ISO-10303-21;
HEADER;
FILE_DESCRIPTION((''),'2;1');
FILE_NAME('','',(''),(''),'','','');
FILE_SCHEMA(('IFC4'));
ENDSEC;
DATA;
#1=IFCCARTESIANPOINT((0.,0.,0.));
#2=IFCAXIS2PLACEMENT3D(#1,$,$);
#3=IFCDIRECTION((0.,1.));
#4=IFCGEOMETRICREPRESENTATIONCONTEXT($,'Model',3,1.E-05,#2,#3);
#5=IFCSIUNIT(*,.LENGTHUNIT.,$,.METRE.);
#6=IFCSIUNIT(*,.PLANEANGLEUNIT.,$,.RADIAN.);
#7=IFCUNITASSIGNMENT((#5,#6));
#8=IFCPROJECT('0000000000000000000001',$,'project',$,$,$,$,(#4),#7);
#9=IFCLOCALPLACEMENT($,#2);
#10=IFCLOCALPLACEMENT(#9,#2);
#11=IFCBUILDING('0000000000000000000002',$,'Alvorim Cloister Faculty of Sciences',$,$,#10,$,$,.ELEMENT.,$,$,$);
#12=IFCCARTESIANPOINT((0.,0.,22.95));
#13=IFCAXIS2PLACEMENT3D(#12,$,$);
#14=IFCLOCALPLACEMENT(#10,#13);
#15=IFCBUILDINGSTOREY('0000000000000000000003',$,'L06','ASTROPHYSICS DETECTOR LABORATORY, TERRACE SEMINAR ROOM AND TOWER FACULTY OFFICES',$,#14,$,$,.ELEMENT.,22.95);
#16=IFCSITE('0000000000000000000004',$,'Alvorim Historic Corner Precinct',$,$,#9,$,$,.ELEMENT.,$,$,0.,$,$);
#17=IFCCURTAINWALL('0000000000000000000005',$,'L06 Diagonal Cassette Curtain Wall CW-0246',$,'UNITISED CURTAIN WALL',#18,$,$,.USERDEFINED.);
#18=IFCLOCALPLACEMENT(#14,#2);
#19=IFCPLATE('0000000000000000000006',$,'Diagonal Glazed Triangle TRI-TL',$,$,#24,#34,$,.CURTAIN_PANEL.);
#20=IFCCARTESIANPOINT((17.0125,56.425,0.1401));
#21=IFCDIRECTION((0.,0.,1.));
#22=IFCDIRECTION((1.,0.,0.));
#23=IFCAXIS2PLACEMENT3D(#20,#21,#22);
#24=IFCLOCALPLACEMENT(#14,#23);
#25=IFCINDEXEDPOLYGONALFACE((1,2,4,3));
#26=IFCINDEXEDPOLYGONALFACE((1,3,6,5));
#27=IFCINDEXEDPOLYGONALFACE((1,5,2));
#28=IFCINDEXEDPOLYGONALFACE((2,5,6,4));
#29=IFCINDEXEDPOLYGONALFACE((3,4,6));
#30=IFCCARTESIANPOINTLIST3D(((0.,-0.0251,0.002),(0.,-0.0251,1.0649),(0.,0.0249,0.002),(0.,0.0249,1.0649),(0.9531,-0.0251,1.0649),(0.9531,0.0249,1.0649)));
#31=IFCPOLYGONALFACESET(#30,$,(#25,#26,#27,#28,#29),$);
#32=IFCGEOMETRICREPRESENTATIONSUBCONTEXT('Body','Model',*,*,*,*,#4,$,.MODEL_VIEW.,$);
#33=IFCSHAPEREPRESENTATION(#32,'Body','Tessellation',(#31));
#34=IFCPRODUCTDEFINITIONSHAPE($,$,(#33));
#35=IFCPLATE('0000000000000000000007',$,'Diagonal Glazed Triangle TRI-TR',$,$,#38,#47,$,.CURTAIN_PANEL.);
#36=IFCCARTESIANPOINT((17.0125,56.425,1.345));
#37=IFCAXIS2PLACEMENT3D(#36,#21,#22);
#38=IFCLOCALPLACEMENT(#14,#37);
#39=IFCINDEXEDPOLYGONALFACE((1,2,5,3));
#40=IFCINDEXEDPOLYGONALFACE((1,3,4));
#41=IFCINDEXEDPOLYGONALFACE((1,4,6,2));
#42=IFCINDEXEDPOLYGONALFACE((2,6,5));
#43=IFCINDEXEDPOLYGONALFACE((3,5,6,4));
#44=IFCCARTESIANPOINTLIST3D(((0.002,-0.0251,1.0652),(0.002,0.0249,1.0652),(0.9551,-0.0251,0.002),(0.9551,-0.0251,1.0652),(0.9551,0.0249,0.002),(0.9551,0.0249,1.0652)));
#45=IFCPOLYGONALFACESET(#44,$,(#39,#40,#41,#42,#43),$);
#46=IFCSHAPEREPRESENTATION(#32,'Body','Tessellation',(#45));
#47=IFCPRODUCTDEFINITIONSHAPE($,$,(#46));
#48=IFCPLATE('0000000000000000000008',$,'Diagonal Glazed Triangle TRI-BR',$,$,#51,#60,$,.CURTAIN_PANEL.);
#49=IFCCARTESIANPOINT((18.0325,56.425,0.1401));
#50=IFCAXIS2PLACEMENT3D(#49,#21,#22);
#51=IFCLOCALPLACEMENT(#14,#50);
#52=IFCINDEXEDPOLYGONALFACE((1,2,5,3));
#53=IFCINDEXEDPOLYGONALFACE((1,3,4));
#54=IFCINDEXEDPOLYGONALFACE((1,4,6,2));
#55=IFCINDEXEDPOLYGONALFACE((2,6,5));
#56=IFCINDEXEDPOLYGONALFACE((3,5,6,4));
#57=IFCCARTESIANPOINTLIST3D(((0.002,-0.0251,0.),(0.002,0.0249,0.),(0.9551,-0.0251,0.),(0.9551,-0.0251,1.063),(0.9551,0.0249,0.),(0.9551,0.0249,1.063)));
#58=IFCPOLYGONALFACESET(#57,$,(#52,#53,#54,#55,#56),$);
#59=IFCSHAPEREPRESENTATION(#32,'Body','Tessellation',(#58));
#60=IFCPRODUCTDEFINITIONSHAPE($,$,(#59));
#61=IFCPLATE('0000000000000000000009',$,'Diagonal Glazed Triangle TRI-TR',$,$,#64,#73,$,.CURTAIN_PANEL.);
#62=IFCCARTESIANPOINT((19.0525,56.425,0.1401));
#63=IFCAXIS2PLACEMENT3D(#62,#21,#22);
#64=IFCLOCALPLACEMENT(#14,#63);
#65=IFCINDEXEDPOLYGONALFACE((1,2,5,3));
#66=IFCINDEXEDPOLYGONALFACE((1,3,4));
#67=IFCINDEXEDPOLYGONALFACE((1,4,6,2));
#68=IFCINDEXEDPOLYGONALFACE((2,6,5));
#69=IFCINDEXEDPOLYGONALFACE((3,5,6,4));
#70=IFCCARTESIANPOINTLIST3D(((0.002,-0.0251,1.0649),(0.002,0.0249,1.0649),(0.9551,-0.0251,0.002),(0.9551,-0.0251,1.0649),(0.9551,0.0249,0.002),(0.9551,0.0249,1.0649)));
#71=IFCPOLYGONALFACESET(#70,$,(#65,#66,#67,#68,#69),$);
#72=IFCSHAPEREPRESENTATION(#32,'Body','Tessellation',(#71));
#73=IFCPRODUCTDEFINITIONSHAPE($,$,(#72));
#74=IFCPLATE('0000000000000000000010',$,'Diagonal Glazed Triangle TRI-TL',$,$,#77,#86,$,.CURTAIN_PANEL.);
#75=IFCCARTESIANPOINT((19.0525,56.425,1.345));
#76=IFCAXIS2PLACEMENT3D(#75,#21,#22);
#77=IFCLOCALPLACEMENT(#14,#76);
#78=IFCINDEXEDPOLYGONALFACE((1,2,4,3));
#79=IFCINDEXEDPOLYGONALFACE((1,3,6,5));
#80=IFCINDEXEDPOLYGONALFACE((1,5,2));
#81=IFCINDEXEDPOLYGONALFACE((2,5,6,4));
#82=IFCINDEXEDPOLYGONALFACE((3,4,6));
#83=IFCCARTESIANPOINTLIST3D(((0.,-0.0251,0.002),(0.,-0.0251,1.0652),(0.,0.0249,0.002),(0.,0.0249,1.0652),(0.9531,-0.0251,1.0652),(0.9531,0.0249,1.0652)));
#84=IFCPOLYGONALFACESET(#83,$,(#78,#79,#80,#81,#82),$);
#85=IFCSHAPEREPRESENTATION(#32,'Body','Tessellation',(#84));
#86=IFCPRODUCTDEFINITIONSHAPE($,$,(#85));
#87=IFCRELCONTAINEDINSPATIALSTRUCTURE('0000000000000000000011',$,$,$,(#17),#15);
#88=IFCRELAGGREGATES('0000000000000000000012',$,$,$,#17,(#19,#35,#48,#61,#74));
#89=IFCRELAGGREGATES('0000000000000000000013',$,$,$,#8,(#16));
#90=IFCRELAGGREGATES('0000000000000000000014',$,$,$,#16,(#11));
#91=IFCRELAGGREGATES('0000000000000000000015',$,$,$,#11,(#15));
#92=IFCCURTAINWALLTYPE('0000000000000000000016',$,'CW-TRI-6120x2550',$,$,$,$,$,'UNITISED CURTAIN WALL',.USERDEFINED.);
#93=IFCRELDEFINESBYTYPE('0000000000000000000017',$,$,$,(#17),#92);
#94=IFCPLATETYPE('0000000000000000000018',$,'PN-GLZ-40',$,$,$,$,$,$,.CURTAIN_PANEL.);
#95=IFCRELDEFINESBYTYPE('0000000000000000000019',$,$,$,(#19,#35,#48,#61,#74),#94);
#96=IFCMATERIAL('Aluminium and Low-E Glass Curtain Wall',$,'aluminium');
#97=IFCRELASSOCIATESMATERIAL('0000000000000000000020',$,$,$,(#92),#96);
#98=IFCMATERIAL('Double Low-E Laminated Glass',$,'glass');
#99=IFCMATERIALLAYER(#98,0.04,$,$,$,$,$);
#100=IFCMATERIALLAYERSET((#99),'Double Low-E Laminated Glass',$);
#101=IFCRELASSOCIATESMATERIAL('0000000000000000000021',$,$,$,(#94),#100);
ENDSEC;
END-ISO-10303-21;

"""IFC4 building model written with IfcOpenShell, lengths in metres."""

from ifc_helpers import new_model, si_unit, direction, frame, origin, place, context, subcontext, project, spatial, polyline, outline, extrude, material, layer, layer_set, type_object, element, aggregate, save


model = new_model("IFC4")

# Units and contexts
model_context = context("Model", 3, precision=1e-05, world=origin(), true_north=direction((0.0, 1.0)))
body_context = subcontext(model_context, "Body", "Model", "MODEL_VIEW")
ifc_project = project(units=[si_unit("LENGTHUNIT", "METRE"), si_unit("PLANEANGLEUNIT", "RADIAN")], contexts=[model_context])

# Site, building, storey
site_placement = place(None, origin())
site = spatial("IfcSite", under=ifc_project, at=site_placement, Name="Alvorim Historic Corner Precinct", CompositionType="ELEMENT", RefElevation=0.0)
building_placement = place(site_placement, origin())
building = spatial("IfcBuilding", under=site, at=building_placement, Name="Alvorim Cloister Faculty of Sciences", CompositionType="ELEMENT")
storey_placement = place(building_placement, frame((0.0, 0.0, 22.95)))
storey = spatial("IfcBuildingStorey", under=building, at=storey_placement, Name="L06", Description="ASTROPHYSICS DETECTOR LABORATORY, TERRACE SEMINAR ROOM AND TOWER FACULTY OFFICES", CompositionType="ELEMENT", Elevation=22.95)

# Curtain wall, plates
ifc_material_1 = material(Name="Aluminium and Low-E Glass Curtain Wall", Category="aluminium")
curtain_wall_type = type_object("IfcCurtainWallType", Name="CW-TRI-6120x2550", ElementType="UNITISED CURTAIN WALL", PredefinedType="USERDEFINED", material=ifc_material_1)
curtain_wall_placement = place(storey_placement, origin())
curtain_wall = element("IfcCurtainWall", 1, at=curtain_wall_placement, inside=storey, type_object=curtain_wall_type, Name="L06 Diagonal Cassette Curtain Wall CW-0246", ObjectType="UNITISED CURTAIN WALL", PredefinedType="USERDEFINED")
ifc_material_2 = material(Name="Double Low-E Laminated Glass", Category="glass")
ifc_layer_1 = layer(ifc_material_2, 0.04)
ifc_layer_set_1 = layer_set([ifc_layer_1], Name="Double Low-E Laminated Glass")
plate_type = type_object("IfcPlateType", Name="PN-GLZ-40", PredefinedType="CURTAIN_PANEL", material=ifc_layer_set_1)
plate_1_placement = place(storey_placement, frame((17.0125, 56.425, 0.1401), z_axis=(0.0, 0.0, 1.0), x_axis=(1.0, 0.0, 0.0)))
plate_1 = element("IfcPlate", 2, at=plate_1_placement, type_object=plate_type, Name="Diagonal Glazed Triangle TRI-TL", PredefinedType="CURTAIN_PANEL", context=body_context, shape_type="SweptSolid", body=[
    extrude(outline(polyline([(0.9531, 1.0649), (0.0, 1.0649), (0.0, 0.002), (0.9531, 1.0649)])), frame((0.0, 0.0249, 0.0), z_axis=(0.0, -1.0, 0.0), x_axis=(1.0, 0.0, 0.0)), (0.0, 0.0, 1.0), 0.05),
])
plate_2_placement = place(storey_placement, frame((17.0125, 56.425, 1.345), z_axis=(0.0, 0.0, 1.0), x_axis=(1.0, 0.0, 0.0)))
plate_2 = element("IfcPlate", 3, at=plate_2_placement, type_object=plate_type, Name="Diagonal Glazed Triangle TRI-TR", PredefinedType="CURTAIN_PANEL", context=body_context, shape_type="SweptSolid", body=[
    extrude(outline(polyline([(0.9551, 0.002), (0.9551, 1.0652), (0.002, 1.0652), (0.9551, 0.002)])), frame((0.0, 0.0249, 0.0), z_axis=(0.0, -1.0, 0.0), x_axis=(1.0, 0.0, 0.0)), (0.0, 0.0, 1.0), 0.05),
])
plate_3_placement = place(storey_placement, frame((18.0325, 56.425, 0.1401), z_axis=(0.0, 0.0, 1.0), x_axis=(1.0, 0.0, 0.0)))
plate_3 = element("IfcPlate", 4, at=plate_3_placement, type_object=plate_type, Name="Diagonal Glazed Triangle TRI-BR", PredefinedType="CURTAIN_PANEL", context=body_context, shape_type="SweptSolid", body=[
    extrude(outline(polyline([(0.002, 0.0), (0.9551, 0.0), (0.9551, 1.063), (0.002, 0.0)])), frame((0.0, 0.0249, 0.0), z_axis=(0.0, -1.0, 0.0), x_axis=(1.0, 0.0, 0.0)), (0.0, 0.0, 1.0), 0.05),
])
plate_4_placement = place(storey_placement, frame((19.0525, 56.425, 0.1401), z_axis=(0.0, 0.0, 1.0), x_axis=(1.0, 0.0, 0.0)))
plate_4 = element("IfcPlate", 5, at=plate_4_placement, type_object=plate_type, Name="Diagonal Glazed Triangle TRI-TR", PredefinedType="CURTAIN_PANEL", context=body_context, shape_type="SweptSolid", body=[
    extrude(outline(polyline([(0.9551, 0.002), (0.9551, 1.0649), (0.002, 1.0649), (0.9551, 0.002)])), frame((0.0, 0.0249, 0.0), z_axis=(0.0, -1.0, 0.0), x_axis=(1.0, 0.0, 0.0)), (0.0, 0.0, 1.0), 0.05),
])
plate_5_placement = place(storey_placement, frame((19.0525, 56.425, 1.345), z_axis=(0.0, 0.0, 1.0), x_axis=(1.0, 0.0, 0.0)))
plate_5 = element("IfcPlate", 6, at=plate_5_placement, type_object=plate_type, Name="Diagonal Glazed Triangle TRI-TL", PredefinedType="CURTAIN_PANEL", context=body_context, shape_type="SweptSolid", body=[
    extrude(outline(polyline([(0.9531, 1.0652), (0.0, 1.0652), (0.0, 0.002), (0.9531, 1.0652)])), frame((0.0, 0.0249, 0.0), z_axis=(0.0, -1.0, 0.0), x_axis=(1.0, 0.0, 0.0)), (0.0, 0.0, 1.0), 0.05),
])
aggregate(curtain_wall, [plate_1, plate_2, plate_3, plate_4, plate_5])

save(model, "model.ifc")
